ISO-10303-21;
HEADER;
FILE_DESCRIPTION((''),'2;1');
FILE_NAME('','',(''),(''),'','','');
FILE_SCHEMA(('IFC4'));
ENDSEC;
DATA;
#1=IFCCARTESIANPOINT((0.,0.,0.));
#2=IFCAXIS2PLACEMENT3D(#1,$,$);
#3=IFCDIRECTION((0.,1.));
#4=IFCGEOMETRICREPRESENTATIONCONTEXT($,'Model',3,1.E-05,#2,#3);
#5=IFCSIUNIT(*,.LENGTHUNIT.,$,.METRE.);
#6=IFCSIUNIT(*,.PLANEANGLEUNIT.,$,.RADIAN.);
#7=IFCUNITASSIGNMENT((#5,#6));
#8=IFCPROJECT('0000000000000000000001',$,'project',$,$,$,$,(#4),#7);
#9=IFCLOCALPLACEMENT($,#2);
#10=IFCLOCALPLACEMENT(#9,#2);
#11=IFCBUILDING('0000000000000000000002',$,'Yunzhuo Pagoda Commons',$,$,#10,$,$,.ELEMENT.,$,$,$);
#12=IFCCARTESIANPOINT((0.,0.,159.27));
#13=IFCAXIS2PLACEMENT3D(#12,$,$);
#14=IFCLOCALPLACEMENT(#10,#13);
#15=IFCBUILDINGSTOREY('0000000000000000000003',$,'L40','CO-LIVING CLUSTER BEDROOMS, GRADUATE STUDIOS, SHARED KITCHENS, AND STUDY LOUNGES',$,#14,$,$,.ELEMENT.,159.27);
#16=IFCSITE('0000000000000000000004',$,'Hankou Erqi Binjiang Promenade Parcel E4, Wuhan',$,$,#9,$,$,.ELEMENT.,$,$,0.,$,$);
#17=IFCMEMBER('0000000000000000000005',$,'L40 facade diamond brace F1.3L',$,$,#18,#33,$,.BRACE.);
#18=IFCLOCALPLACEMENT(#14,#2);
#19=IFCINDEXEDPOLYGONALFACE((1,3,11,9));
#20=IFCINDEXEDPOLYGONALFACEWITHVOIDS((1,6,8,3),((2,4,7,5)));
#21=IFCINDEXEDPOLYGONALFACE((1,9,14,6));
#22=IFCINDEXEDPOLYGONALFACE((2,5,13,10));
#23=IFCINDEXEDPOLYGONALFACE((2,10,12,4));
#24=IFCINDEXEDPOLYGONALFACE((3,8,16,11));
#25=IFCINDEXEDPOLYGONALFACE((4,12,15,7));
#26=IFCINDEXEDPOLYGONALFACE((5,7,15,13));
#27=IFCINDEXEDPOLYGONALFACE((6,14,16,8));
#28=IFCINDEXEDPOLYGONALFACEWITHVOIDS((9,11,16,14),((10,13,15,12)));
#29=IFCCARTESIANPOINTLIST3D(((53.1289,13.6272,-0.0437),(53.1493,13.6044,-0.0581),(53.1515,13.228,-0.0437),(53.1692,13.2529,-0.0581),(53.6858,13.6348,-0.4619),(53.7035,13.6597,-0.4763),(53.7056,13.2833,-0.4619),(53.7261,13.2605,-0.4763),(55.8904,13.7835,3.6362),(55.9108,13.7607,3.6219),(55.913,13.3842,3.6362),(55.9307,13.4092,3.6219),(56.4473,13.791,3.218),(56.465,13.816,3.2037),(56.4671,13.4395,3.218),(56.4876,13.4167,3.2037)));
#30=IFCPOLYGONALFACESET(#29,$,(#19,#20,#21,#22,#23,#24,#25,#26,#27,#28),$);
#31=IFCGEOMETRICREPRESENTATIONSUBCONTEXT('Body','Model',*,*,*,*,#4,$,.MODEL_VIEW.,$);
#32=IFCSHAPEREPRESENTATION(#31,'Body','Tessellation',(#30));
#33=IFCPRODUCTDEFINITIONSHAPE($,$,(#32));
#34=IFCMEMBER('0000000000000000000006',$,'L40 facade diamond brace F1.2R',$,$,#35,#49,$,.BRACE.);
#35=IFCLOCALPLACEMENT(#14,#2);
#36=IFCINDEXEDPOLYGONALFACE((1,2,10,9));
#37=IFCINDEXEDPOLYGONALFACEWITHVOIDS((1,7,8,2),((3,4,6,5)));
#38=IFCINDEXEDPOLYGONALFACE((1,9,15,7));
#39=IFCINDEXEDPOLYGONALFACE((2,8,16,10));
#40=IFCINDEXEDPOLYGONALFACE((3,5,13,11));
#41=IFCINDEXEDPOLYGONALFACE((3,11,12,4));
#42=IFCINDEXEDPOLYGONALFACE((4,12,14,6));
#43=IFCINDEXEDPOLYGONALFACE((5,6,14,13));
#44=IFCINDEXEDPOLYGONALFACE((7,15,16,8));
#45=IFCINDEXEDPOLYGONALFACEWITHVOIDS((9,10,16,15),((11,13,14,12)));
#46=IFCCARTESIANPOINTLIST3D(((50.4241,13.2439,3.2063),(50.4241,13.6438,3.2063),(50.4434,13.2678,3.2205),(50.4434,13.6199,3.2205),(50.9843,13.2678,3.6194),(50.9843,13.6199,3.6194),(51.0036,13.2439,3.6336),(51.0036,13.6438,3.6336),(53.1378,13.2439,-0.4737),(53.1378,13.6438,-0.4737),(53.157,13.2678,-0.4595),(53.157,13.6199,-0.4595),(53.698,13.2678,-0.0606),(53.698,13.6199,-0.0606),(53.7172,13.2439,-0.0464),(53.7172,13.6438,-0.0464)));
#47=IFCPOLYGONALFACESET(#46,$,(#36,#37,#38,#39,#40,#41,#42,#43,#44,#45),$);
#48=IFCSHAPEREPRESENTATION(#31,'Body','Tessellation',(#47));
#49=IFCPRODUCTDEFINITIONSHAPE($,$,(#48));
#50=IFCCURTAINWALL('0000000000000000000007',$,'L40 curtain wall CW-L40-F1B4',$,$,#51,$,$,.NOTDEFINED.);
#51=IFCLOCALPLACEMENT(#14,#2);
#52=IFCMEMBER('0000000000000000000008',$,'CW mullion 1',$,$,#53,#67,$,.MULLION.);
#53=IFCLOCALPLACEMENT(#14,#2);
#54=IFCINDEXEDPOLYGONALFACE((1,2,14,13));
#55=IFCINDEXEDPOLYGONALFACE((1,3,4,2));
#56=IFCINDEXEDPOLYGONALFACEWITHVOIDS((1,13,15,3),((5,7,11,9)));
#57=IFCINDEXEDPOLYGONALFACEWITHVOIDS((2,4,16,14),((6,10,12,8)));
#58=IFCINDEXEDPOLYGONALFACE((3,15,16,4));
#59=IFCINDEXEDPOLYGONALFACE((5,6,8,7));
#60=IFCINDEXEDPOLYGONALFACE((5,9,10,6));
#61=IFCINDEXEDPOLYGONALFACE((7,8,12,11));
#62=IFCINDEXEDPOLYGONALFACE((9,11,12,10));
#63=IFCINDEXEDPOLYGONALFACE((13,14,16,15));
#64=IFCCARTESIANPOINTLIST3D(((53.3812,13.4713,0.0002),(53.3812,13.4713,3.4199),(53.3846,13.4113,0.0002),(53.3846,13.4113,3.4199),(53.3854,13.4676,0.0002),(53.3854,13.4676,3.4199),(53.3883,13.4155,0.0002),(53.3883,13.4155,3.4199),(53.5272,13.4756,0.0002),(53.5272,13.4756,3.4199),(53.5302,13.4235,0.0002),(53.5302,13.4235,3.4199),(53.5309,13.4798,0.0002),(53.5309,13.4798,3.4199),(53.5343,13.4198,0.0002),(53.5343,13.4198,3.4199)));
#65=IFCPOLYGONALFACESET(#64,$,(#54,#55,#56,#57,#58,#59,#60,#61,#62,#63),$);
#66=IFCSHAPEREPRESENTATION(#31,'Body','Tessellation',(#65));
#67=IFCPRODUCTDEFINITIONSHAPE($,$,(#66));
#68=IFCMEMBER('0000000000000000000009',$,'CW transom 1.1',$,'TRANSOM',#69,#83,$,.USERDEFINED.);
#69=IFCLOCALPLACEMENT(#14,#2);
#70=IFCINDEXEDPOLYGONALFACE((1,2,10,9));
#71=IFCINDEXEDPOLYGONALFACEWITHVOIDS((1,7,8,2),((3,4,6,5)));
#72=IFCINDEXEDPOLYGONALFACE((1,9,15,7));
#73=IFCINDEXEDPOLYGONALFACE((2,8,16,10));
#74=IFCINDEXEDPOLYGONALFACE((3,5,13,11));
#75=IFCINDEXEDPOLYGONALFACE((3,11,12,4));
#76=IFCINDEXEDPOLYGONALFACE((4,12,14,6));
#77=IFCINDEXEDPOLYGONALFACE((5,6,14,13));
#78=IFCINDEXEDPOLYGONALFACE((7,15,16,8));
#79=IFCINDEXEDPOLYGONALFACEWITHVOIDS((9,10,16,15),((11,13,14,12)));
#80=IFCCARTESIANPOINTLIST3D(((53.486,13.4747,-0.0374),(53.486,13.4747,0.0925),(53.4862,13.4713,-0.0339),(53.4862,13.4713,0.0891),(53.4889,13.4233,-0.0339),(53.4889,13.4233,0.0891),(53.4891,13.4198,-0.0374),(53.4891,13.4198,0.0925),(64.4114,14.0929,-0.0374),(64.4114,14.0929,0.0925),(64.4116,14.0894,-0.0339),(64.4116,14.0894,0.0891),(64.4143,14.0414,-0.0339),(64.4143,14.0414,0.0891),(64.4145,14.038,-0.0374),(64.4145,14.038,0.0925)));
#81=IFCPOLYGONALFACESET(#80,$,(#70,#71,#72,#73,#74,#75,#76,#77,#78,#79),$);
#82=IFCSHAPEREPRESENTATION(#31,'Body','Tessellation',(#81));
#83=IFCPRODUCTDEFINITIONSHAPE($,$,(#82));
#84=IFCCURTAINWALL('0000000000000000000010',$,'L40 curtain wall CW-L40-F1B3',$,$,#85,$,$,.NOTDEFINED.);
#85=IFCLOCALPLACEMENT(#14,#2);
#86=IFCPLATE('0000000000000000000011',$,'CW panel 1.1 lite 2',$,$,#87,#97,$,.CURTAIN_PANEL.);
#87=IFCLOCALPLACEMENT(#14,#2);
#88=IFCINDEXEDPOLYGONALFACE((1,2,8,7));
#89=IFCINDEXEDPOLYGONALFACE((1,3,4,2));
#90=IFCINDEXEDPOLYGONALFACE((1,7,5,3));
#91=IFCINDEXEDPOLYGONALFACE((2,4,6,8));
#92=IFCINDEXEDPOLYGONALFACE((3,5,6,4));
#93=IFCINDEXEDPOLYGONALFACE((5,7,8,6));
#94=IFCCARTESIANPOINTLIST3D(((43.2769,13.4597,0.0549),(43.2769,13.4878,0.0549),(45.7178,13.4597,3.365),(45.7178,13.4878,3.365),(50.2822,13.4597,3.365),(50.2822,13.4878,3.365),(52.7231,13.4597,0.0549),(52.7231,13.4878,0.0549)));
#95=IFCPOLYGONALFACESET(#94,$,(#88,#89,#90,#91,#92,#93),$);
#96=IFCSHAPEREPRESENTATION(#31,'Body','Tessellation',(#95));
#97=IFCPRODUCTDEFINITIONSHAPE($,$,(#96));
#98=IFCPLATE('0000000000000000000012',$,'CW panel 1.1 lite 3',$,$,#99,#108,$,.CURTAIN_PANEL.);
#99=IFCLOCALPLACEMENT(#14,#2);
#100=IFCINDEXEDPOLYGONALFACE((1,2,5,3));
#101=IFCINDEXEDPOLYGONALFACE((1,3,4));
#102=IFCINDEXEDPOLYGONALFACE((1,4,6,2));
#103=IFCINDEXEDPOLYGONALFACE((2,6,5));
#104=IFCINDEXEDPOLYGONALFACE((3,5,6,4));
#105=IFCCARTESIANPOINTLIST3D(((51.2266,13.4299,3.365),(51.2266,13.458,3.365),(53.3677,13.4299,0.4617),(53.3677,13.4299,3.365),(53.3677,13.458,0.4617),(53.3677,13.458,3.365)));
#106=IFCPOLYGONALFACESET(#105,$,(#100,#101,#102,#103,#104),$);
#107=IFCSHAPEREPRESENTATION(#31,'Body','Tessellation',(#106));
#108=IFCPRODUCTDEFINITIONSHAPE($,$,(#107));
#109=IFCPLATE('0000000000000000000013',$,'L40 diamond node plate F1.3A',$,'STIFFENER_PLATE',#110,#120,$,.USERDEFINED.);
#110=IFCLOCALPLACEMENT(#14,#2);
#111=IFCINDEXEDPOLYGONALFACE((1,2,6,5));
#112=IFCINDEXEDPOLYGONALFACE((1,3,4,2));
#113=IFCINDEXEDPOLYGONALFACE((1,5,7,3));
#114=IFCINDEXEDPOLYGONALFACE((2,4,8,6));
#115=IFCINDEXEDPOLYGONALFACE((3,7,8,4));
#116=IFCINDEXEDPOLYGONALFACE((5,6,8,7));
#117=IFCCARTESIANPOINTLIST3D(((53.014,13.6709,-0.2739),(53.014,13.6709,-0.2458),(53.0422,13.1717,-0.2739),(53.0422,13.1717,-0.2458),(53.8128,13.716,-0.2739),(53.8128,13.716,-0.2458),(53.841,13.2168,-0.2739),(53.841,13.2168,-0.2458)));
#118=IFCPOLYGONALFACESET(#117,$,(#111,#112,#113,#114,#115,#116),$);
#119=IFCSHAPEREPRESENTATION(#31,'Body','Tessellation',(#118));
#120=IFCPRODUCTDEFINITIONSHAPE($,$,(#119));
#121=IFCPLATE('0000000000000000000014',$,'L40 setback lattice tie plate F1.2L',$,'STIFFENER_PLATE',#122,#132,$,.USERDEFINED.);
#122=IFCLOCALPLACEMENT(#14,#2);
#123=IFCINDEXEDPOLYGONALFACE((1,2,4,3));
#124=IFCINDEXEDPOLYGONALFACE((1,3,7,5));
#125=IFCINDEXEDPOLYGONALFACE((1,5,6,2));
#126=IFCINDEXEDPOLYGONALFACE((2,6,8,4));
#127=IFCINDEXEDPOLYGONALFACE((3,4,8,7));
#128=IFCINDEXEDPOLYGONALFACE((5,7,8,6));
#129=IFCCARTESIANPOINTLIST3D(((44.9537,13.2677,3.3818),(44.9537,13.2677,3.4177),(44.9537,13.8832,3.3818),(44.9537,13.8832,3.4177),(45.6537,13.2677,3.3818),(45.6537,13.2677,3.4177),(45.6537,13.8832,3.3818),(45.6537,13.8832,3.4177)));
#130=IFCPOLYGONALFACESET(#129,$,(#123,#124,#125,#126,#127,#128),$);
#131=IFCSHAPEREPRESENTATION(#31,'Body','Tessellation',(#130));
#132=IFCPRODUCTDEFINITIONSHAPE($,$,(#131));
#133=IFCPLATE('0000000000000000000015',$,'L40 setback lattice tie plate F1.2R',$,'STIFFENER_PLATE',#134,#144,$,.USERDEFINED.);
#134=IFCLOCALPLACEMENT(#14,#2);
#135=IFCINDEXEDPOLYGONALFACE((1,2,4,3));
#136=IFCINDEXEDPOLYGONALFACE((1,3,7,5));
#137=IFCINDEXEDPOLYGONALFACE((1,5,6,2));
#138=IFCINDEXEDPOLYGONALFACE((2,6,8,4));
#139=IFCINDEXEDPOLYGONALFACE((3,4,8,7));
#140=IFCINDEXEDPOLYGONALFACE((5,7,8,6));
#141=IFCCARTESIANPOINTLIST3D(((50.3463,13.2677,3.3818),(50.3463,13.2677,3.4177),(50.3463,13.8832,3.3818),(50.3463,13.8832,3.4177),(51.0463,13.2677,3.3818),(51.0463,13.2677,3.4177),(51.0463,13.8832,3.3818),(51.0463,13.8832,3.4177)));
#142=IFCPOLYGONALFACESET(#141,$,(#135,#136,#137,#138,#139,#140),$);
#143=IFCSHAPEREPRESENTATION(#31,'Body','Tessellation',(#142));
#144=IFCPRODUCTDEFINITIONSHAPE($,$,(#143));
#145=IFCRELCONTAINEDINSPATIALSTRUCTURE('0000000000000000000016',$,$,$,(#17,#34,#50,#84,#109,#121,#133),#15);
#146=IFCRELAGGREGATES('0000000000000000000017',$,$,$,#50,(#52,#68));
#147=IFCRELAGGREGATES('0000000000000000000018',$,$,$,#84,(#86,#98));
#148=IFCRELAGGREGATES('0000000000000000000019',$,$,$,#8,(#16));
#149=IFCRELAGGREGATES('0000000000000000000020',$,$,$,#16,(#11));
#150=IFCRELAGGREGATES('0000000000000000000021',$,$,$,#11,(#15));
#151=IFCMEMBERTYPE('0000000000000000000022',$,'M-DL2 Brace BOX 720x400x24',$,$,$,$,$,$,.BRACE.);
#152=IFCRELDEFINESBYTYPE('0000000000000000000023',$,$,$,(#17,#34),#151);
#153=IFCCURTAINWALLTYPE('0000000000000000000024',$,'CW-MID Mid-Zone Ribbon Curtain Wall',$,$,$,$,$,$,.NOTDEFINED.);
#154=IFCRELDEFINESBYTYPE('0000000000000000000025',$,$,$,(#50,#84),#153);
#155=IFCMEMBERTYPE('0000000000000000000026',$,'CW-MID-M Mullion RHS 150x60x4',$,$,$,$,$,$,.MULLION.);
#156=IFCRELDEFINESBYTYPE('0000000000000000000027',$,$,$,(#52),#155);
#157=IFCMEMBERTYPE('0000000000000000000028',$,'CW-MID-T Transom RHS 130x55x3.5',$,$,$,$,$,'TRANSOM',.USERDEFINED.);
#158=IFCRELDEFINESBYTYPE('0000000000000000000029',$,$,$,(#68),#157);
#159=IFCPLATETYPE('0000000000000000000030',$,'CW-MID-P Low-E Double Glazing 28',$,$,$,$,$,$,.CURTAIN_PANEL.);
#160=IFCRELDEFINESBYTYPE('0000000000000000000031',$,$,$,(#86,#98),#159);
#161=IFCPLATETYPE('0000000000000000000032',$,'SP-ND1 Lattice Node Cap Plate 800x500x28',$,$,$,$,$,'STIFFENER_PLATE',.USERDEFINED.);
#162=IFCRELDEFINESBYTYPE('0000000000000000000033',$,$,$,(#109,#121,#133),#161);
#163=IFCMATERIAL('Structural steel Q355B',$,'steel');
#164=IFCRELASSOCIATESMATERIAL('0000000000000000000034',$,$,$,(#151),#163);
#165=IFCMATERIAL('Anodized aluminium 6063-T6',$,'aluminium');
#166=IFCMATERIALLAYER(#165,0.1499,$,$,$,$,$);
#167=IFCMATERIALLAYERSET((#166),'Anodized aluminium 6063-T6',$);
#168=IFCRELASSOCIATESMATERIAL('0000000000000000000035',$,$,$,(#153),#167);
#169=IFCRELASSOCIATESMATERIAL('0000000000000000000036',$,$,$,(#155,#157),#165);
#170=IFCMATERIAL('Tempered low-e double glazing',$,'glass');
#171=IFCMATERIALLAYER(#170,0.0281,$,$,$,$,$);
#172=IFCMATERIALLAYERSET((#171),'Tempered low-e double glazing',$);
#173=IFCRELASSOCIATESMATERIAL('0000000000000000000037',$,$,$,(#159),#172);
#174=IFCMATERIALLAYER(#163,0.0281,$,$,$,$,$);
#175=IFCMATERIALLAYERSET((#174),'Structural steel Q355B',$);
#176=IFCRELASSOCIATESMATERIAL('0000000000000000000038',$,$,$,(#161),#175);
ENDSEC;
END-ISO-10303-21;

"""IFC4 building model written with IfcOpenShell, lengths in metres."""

from ifc_helpers import new_model, si_unit, direction, frame, origin, origin_2d, place, context, subcontext, project, spatial, polyline, rectangle, hollow_rectangle, outline, extrude, source, transform, mapped, material, layer, layer_set, material_profile, profile_set, type_object, element, aggregate, save


model = new_model("IFC4")

# Units and contexts
model_context = context("Model", 3, precision=1e-05, world=origin(), true_north=direction((0.0, 1.0)))
body_context = subcontext(model_context, "Body", "Model", "MODEL_VIEW")
ifc_project = project(units=[si_unit("LENGTHUNIT", "METRE"), si_unit("PLANEANGLEUNIT", "RADIAN")], contexts=[model_context])

# Site, building, storey
site_placement = place(None, origin())
site = spatial("IfcSite", under=ifc_project, at=site_placement, Name="Hankou Erqi Binjiang Promenade Parcel E4, Wuhan", CompositionType="ELEMENT", RefElevation=0.0)
building_placement = place(site_placement, origin())
building = spatial("IfcBuilding", under=site, at=building_placement, Name="Yunzhuo Pagoda Commons", CompositionType="ELEMENT")
storey_placement = place(building_placement, frame((0.0, 0.0, 159.27)))
storey = spatial("IfcBuildingStorey", under=building, at=storey_placement, Name="L40", Description="CO-LIVING CLUSTER BEDROOMS, GRADUATE STUDIOS, SHARED KITCHENS, AND STUDY LOUNGES", CompositionType="ELEMENT", Elevation=159.27)

# Shared definitions
ifc_material_1 = material(Name="Structural steel Q355B", Category="steel")

# Members
ifc_material_profile_1 = material_profile(ifc_material_1, hollow_rectangle(XDim=0.3999, YDim=0.72, WallThickness=0.0239, at=origin_2d()), Name="Structural steel Q355B")
ifc_profile_set_1 = profile_set([ifc_material_profile_1], Name="Structural steel Q355B")
member_type_1 = type_object("IfcMemberType", Name="M-DL2 Brace BOX 720x400x24", PredefinedType="BRACE", material=ifc_profile_set_1)
shared_shape_1 = source(origin(), body_context, "Body", "SweptSolid", [
    extrude(hollow_rectangle(XDim=0.3999, YDim=0.72, WallThickness=0.0239, at=origin_2d()), origin(), (0.0, 0.0, 1.0), 4.6035),
])
member_1_placement = place(storey_placement, frame((53.4275, 13.4438, -0.26), z_axis=(0.599866, 0.033942, 0.79938), x_axis=(-0.056492, 0.998403, 0.0)))
element("IfcMember", 1, at=member_1_placement, inside=storey, type_object=member_type_1, Name="L40 facade diamond brace F1.3L", PredefinedType="BRACE", context=body_context, shape_type="MappedRepresentation", body=[
    mapped(shared_shape_1, transform((0.0, 0.0, 0.0), scale=1.0)),
])
shared_shape_2 = source(origin(), body_context, "Body", "SweptSolid", [
    extrude(hollow_rectangle(XDim=0.3999, YDim=0.72, WallThickness=0.0239, at=origin_2d()), origin(), (0.0, 0.0, 1.0), 4.5723),
])
member_2_placement = place(storey_placement, frame((53.4275, 13.4438, -0.26), z_axis=(-0.593496, 0.0, 0.804837), x_axis=(0.0, -1.0, 0.0)))
element("IfcMember", 2, at=member_2_placement, inside=storey, type_object=member_type_1, Name="L40 facade diamond brace F1.2R", PredefinedType="BRACE", context=body_context, shape_type="MappedRepresentation", body=[
    mapped(shared_shape_2, transform((0.0, 0.0, 0.0), scale=1.0)),
])

# Curtain wall, members
ifc_material_2 = material(Name="Anodized aluminium 6063-T6", Category="aluminium")
ifc_layer_1 = layer(ifc_material_2, 0.1499)
ifc_layer_set_1 = layer_set([ifc_layer_1], Name="Anodized aluminium 6063-T6")
curtain_wall_type = type_object("IfcCurtainWallType", Name="CW-MID Mid-Zone Ribbon Curtain Wall", PredefinedType="NOTDEFINED", material=ifc_layer_set_1)
curtain_wall_1_placement = place(storey_placement, origin())
curtain_wall_1 = element("IfcCurtainWall", 3, at=curtain_wall_1_placement, inside=storey, type_object=curtain_wall_type, Name="L40 curtain wall CW-L40-F1B4", PredefinedType="NOTDEFINED")
ifc_material_profile_2 = material_profile(ifc_material_2, hollow_rectangle(XDim=0.0601, YDim=0.1499, WallThickness=0.0039, at=origin_2d()), Name="Anodized aluminium 6063-T6")
ifc_profile_set_2 = profile_set([ifc_material_profile_2], Name="Anodized aluminium 6063-T6")
member_type_2 = type_object("IfcMemberType", Name="CW-MID-M Mullion RHS 150x60x4", PredefinedType="MULLION", material=ifc_profile_set_2)
shared_shape_3 = source(origin(), body_context, "Body", "SweptSolid", [
    extrude(hollow_rectangle(XDim=0.0601, YDim=0.1499, WallThickness=0.0039, at=origin_2d()), origin(), (0.0, 0.0, 1.0), 3.4197),
])
member_3_placement = place(storey_placement, frame((53.4578, 13.4456, 0.0002), z_axis=(0.0, 0.0, 1.0), x_axis=(-0.056459, 0.998405, 0.0)))
member_3 = element("IfcMember", 4, at=member_3_placement, type_object=member_type_2, Name="CW mullion 1", PredefinedType="MULLION", context=body_context, shape_type="MappedRepresentation", body=[
    mapped(shared_shape_3, transform((0.0, 0.0, 0.0), scale=1.0)),
])
ifc_material_profile_3 = material_profile(ifc_material_2, hollow_rectangle(XDim=0.0549, YDim=0.1299, WallThickness=0.0034, at=origin_2d()), Name="Anodized aluminium 6063-T6")
ifc_profile_set_3 = profile_set([ifc_material_profile_3], Name="Anodized aluminium 6063-T6")
member_type_3 = type_object("IfcMemberType", Name="CW-MID-T Transom RHS 130x55x3.5", ElementType="TRANSOM", PredefinedType="USERDEFINED", material=ifc_profile_set_3)
shared_shape_4 = source(origin(), body_context, "Body", "SweptSolid", [
    extrude(hollow_rectangle(XDim=0.0549, YDim=0.1299, WallThickness=0.0034, at=origin_2d()), origin(), (0.0, 0.0, 1.0), 10.9429),
])
member_4_placement = place(storey_placement, frame((53.4875, 13.4473, 0.0276), z_axis=(0.998403, 0.056491, 0.0), x_axis=(-0.056491, 0.998403, 0.0)))
member_4 = element("IfcMember", 5, at=member_4_placement, type_object=member_type_3, Name="CW transom 1.1", ObjectType="TRANSOM", PredefinedType="USERDEFINED", context=body_context, shape_type="MappedRepresentation", body=[
    mapped(shared_shape_4, transform((0.0, 0.0, 0.0), scale=1.0)),
])
aggregate(curtain_wall_1, [member_3, member_4])

# Curtain wall, plates
curtain_wall_2_placement = place(storey_placement, origin())
curtain_wall_2 = element("IfcCurtainWall", 6, at=curtain_wall_2_placement, inside=storey, type_object=curtain_wall_type, Name="L40 curtain wall CW-L40-F1B3", PredefinedType="NOTDEFINED")
ifc_material_3 = material(Name="Tempered low-e double glazing", Category="glass")
ifc_layer_2 = layer(ifc_material_3, 0.0281)
ifc_layer_set_2 = layer_set([ifc_layer_2], Name="Tempered low-e double glazing")
plate_type_1 = type_object("IfcPlateType", Name="CW-MID-P Low-E Double Glazing 28", PredefinedType="CURTAIN_PANEL", material=ifc_layer_set_2)
plate_1_placement = place(storey_placement, frame((48.0, 13.4878, 1.71), z_axis=(0.0, -1.0, 0.0), x_axis=(1.0, 0.0, 0.0)))
plate_1 = element("IfcPlate", 7, at=plate_1_placement, type_object=plate_type_1, Name="CW panel 1.1 lite 2", PredefinedType="CURTAIN_PANEL", context=body_context, shape_type="SweptSolid", body=[
    extrude(outline(polyline([(-4.7231, -1.655), (4.7231, -1.655), (2.2822, 1.655), (-2.2822, 1.655), (-4.7231, -1.655)])), origin(), (0.0, 0.0, 1.0), 0.0281),
])
plate_2_placement = place(storey_placement, frame((52.2971, 13.458, 1.9133), z_axis=(0.0, -1.0, 0.0), x_axis=(1.0, 0.0, 0.0)))
plate_2 = element("IfcPlate", 8, at=plate_2_placement, type_object=plate_type_1, Name="CW panel 1.1 lite 3", PredefinedType="CURTAIN_PANEL", context=body_context, shape_type="SweptSolid", body=[
    extrude(outline(polyline([(-1.0706, 1.4517), (1.0706, -1.4517), (1.0706, 1.4517), (-1.0706, 1.4517)])), origin(), (0.0, 0.0, 1.0), 0.0281),
])
aggregate(curtain_wall_2, [plate_1, plate_2])

# Plates
ifc_layer_3 = layer(ifc_material_1, 0.0281)
ifc_layer_set_3 = layer_set([ifc_layer_3], Name="Structural steel Q355B")
plate_type_2 = type_object("IfcPlateType", Name="SP-ND1 Lattice Node Cap Plate 800x500x28", ElementType="STIFFENER_PLATE", PredefinedType="USERDEFINED", material=ifc_layer_set_3)
shared_shape_5 = source(origin(), body_context, "Body", "SweptSolid", [
    extrude(rectangle(XDim=0.8, YDim=0.5, at=origin_2d()), origin(), (0.0, 0.0, 1.0), 0.0281),
])
plate_3_placement = place(storey_placement, frame((53.4275, 13.4438, -0.2739), z_axis=(0.0, 0.0, 1.0), x_axis=(0.998405, 0.056466, 0.0)))
element("IfcPlate", 9, at=plate_3_placement, inside=storey, type_object=plate_type_2, Name="L40 diamond node plate F1.3A", ObjectType="STIFFENER_PLATE", PredefinedType="USERDEFINED", context=body_context, shape_type="MappedRepresentation", body=[
    mapped(shared_shape_5, transform((0.0, 0.0, 0.0), scale=1.0)),
])
shared_shape_6 = source(origin(), body_context, "Body", "SweptSolid", [
    extrude(rectangle(XDim=0.7, YDim=0.6155, at=origin_2d()), origin(), (0.0, 0.0, 1.0), 0.0359),
])
for number, where, z_axis, x_axis, name in (
    (10, (45.3037, 13.5754, 3.3818), (0.0, 0.0, 1.0), (1.0, 0.0, 0.0), "L40 setback lattice tie plate F1.2L"),
    (11, (50.6963, 13.5754, 3.3818), (0.0, 0.0, 1.0), (1.0, 0.0, 0.0), "L40 setback lattice tie plate F1.2R"),
):
    element("IfcPlate", number, at=place(storey_placement, frame(where, z_axis=z_axis, x_axis=x_axis)), inside=storey, type_object=plate_type_2, Name=name, ObjectType="STIFFENER_PLATE", PredefinedType="USERDEFINED", context=body_context, shape_type="MappedRepresentation", body=[
        mapped(shared_shape_6, transform((0.0, 0.0, 0.0), scale=1.0)),
    ])

save(model, "model.ifc")
